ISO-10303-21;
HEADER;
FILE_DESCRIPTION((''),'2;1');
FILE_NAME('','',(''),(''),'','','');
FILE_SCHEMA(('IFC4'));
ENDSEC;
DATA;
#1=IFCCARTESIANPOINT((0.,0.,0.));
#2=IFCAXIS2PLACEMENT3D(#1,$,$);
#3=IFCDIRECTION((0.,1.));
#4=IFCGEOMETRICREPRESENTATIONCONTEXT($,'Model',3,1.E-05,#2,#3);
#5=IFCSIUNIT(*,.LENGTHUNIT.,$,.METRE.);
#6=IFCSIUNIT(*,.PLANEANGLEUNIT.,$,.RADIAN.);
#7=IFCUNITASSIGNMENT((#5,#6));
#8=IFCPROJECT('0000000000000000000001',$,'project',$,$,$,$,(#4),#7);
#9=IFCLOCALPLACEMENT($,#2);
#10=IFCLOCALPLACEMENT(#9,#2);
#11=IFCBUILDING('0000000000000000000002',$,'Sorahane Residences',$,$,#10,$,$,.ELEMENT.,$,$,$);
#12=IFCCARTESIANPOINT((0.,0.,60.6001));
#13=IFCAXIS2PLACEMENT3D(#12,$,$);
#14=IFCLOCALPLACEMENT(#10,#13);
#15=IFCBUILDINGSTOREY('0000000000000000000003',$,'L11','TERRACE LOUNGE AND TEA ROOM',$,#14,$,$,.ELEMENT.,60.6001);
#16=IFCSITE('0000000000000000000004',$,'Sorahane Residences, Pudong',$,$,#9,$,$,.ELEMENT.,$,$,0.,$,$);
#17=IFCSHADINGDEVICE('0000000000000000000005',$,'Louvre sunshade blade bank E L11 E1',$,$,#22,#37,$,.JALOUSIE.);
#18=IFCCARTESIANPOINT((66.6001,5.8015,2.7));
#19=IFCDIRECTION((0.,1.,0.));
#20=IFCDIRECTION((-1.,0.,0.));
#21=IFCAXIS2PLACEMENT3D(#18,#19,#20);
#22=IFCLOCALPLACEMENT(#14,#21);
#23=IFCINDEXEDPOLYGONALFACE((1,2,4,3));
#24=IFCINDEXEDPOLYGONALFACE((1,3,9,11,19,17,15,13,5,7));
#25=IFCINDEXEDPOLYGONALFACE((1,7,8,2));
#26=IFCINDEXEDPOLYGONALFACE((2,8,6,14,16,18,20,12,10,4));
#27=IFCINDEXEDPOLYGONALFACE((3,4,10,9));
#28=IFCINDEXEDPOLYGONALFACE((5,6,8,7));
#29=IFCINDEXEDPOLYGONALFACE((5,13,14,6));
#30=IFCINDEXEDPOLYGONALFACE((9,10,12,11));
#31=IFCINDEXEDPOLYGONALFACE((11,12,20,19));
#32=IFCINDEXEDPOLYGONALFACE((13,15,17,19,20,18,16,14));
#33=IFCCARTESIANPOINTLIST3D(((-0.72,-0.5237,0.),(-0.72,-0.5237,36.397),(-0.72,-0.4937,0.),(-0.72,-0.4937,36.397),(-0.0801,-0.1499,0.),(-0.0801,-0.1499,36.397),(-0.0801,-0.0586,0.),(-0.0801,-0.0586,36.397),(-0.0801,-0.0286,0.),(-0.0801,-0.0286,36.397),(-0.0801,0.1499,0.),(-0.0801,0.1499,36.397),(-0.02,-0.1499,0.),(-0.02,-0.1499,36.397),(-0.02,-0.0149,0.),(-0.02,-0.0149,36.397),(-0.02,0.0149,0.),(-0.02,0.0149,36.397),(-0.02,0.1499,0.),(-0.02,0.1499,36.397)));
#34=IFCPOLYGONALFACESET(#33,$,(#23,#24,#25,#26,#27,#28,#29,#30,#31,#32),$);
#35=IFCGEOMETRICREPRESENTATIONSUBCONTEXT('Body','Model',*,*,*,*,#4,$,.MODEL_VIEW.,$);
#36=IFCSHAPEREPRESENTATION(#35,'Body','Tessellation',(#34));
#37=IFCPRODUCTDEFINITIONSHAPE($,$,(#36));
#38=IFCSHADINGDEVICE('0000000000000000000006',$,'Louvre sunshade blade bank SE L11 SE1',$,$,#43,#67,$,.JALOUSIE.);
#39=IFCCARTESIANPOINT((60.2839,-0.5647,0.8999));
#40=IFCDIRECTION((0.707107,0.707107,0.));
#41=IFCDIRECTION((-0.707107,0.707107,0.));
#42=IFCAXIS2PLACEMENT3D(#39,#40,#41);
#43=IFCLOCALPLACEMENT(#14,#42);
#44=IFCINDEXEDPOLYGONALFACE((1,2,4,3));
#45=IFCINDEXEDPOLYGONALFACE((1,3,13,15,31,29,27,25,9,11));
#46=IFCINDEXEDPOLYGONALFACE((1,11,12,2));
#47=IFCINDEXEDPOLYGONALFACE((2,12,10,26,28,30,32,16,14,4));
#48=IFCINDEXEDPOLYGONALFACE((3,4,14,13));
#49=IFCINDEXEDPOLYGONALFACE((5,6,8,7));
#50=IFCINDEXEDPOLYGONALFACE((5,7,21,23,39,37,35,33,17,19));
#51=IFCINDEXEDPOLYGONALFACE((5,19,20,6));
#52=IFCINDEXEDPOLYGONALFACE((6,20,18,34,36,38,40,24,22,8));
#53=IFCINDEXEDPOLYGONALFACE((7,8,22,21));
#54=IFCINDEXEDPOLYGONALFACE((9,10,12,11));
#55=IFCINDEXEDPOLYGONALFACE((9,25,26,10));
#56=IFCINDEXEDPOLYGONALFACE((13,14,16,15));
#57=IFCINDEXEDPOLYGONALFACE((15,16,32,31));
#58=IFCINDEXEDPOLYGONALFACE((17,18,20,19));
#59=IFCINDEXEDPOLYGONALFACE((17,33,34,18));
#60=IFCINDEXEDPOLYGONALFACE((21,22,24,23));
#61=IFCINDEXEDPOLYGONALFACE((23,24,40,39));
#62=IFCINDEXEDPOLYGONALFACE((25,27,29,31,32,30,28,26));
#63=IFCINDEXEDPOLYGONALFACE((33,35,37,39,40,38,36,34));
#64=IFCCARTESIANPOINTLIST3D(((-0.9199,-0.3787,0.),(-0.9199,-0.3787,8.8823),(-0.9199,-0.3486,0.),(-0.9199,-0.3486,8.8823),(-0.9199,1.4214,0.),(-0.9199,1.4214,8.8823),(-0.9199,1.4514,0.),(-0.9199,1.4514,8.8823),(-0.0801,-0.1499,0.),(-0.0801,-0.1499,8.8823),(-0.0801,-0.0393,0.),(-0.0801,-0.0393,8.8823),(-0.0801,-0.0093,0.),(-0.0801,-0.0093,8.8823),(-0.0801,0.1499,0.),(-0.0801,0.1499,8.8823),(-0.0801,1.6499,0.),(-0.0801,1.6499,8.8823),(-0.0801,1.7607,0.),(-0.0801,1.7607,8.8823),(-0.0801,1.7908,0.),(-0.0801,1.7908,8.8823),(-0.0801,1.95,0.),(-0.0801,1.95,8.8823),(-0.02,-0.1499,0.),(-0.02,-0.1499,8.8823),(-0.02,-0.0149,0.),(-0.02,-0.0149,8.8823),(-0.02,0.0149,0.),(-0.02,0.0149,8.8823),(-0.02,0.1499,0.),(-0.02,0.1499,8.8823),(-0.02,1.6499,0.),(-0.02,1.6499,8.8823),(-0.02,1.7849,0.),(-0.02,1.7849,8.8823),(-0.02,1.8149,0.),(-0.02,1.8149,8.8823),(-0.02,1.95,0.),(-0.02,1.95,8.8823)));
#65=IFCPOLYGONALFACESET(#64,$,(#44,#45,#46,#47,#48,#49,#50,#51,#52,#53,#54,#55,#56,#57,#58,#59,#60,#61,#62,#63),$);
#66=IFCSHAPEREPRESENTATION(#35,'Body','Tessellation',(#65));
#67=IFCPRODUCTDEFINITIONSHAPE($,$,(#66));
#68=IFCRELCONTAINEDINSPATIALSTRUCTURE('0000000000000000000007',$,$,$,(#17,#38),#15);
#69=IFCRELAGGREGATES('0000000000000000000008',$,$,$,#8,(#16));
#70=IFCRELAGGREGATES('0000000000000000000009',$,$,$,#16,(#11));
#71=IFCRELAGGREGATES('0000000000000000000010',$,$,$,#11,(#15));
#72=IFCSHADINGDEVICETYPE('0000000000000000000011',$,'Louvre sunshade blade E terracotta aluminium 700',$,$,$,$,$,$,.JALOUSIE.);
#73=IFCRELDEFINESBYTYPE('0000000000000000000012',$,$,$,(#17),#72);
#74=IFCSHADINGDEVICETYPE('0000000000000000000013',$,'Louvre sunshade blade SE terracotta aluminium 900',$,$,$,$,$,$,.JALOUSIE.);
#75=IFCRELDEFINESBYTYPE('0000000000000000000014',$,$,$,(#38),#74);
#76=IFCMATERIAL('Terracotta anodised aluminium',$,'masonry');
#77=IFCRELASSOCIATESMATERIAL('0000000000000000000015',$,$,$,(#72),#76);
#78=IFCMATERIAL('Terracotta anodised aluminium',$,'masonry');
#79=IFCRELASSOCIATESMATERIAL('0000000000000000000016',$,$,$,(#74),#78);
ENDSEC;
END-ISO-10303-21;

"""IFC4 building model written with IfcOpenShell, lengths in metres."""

from ifc_helpers import new_model, si_unit, direction, frame, origin, place, context, subcontext, project, spatial, polyline, outline, composite_profile, extrude, material, type_object, element, save


model = new_model("IFC4")

# Units and contexts
model_context = context("Model", 3, precision=1e-05, world=origin(), true_north=direction((0.0, 1.0)))
body_context = subcontext(model_context, "Body", "Model", "MODEL_VIEW")
ifc_project = project(units=[si_unit("LENGTHUNIT", "METRE"), si_unit("PLANEANGLEUNIT", "RADIAN")], contexts=[model_context])

# Site, building, storey
site_placement = place(None, origin())
site = spatial("IfcSite", under=ifc_project, at=site_placement, Name="Sorahane Residences, Pudong", CompositionType="ELEMENT", RefElevation=0.0)
building_placement = place(site_placement, origin())
building = spatial("IfcBuilding", under=site, at=building_placement, Name="Sorahane Residences", CompositionType="ELEMENT")
storey_placement = place(building_placement, frame((0.0, 0.0, 60.6001)))
storey = spatial("IfcBuildingStorey", under=building, at=storey_placement, Name="L11", Description="TERRACE LOUNGE AND TEA ROOM", CompositionType="ELEMENT", Elevation=60.6001)

# Shading devices
ifc_material_1 = material(Name="Terracotta anodised aluminium", Category="masonry")
shading_device_type_1 = type_object("IfcShadingDeviceType", Name="Louvre sunshade blade E terracotta aluminium 700", PredefinedType="JALOUSIE", material=ifc_material_1)
shading_device_1_placement = place(storey_placement, frame((66.6001, 5.8015, 2.7), z_axis=(0.0, 1.0, 0.0), x_axis=(-1.0, 0.0, 0.0)))
element("IfcShadingDevice", 1, at=shading_device_1_placement, inside=storey, type_object=shading_device_type_1, Name="Louvre sunshade blade bank E L11 E1", PredefinedType="JALOUSIE", context=body_context, shape_type="SweptSolid", body=[
    extrude(outline(polyline([(-0.72, -0.4937), (-0.72, -0.5237), (-0.0801, -0.0586), (-0.0801, -0.1499), (-0.02, -0.1499), (-0.02, -0.0149), (-0.02, 0.0149), (-0.02, 0.1499), (-0.0801, 0.1499), (-0.0801, -0.0286), (-0.72, -0.4937)])), origin(), (0.0, 0.0, 1.0), 36.397),
])
ifc_material_2 = material(Name="Terracotta anodised aluminium", Category="masonry")
shading_device_type_2 = type_object("IfcShadingDeviceType", Name="Louvre sunshade blade SE terracotta aluminium 900", PredefinedType="JALOUSIE", material=ifc_material_2)
shading_device_2_placement = place(storey_placement, frame((60.2839, -0.5647, 0.8999), z_axis=(0.707107, 0.707107, 0.0), x_axis=(-0.707107, 0.707107, 0.0)))
element("IfcShadingDevice", 2, at=shading_device_2_placement, inside=storey, type_object=shading_device_type_2, Name="Louvre sunshade blade bank SE L11 SE1", PredefinedType="JALOUSIE", context=body_context, shape_type="SweptSolid", body=[
    extrude(composite_profile([outline(polyline([(-0.9199, -0.3486), (-0.9199, -0.3787), (-0.0801, -0.0393), (-0.0801, -0.1499), (-0.02, -0.1499), (-0.02, -0.0149), (-0.02, 0.0149), (-0.02, 0.1499), (-0.0801, 0.1499), (-0.0801, -0.0093), (-0.9199, -0.3486)])), outline(polyline([(-0.9199, 1.4514), (-0.9199, 1.4214), (-0.0801, 1.7607), (-0.0801, 1.6499), (-0.02, 1.6499), (-0.02, 1.7849), (-0.02, 1.8149), (-0.02, 1.95), (-0.0801, 1.95), (-0.0801, 1.7908), (-0.9199, 1.4514)]))]), origin(), (0.0, 0.0, 1.0), 8.8823),
])

save(model, "model.ifc")
